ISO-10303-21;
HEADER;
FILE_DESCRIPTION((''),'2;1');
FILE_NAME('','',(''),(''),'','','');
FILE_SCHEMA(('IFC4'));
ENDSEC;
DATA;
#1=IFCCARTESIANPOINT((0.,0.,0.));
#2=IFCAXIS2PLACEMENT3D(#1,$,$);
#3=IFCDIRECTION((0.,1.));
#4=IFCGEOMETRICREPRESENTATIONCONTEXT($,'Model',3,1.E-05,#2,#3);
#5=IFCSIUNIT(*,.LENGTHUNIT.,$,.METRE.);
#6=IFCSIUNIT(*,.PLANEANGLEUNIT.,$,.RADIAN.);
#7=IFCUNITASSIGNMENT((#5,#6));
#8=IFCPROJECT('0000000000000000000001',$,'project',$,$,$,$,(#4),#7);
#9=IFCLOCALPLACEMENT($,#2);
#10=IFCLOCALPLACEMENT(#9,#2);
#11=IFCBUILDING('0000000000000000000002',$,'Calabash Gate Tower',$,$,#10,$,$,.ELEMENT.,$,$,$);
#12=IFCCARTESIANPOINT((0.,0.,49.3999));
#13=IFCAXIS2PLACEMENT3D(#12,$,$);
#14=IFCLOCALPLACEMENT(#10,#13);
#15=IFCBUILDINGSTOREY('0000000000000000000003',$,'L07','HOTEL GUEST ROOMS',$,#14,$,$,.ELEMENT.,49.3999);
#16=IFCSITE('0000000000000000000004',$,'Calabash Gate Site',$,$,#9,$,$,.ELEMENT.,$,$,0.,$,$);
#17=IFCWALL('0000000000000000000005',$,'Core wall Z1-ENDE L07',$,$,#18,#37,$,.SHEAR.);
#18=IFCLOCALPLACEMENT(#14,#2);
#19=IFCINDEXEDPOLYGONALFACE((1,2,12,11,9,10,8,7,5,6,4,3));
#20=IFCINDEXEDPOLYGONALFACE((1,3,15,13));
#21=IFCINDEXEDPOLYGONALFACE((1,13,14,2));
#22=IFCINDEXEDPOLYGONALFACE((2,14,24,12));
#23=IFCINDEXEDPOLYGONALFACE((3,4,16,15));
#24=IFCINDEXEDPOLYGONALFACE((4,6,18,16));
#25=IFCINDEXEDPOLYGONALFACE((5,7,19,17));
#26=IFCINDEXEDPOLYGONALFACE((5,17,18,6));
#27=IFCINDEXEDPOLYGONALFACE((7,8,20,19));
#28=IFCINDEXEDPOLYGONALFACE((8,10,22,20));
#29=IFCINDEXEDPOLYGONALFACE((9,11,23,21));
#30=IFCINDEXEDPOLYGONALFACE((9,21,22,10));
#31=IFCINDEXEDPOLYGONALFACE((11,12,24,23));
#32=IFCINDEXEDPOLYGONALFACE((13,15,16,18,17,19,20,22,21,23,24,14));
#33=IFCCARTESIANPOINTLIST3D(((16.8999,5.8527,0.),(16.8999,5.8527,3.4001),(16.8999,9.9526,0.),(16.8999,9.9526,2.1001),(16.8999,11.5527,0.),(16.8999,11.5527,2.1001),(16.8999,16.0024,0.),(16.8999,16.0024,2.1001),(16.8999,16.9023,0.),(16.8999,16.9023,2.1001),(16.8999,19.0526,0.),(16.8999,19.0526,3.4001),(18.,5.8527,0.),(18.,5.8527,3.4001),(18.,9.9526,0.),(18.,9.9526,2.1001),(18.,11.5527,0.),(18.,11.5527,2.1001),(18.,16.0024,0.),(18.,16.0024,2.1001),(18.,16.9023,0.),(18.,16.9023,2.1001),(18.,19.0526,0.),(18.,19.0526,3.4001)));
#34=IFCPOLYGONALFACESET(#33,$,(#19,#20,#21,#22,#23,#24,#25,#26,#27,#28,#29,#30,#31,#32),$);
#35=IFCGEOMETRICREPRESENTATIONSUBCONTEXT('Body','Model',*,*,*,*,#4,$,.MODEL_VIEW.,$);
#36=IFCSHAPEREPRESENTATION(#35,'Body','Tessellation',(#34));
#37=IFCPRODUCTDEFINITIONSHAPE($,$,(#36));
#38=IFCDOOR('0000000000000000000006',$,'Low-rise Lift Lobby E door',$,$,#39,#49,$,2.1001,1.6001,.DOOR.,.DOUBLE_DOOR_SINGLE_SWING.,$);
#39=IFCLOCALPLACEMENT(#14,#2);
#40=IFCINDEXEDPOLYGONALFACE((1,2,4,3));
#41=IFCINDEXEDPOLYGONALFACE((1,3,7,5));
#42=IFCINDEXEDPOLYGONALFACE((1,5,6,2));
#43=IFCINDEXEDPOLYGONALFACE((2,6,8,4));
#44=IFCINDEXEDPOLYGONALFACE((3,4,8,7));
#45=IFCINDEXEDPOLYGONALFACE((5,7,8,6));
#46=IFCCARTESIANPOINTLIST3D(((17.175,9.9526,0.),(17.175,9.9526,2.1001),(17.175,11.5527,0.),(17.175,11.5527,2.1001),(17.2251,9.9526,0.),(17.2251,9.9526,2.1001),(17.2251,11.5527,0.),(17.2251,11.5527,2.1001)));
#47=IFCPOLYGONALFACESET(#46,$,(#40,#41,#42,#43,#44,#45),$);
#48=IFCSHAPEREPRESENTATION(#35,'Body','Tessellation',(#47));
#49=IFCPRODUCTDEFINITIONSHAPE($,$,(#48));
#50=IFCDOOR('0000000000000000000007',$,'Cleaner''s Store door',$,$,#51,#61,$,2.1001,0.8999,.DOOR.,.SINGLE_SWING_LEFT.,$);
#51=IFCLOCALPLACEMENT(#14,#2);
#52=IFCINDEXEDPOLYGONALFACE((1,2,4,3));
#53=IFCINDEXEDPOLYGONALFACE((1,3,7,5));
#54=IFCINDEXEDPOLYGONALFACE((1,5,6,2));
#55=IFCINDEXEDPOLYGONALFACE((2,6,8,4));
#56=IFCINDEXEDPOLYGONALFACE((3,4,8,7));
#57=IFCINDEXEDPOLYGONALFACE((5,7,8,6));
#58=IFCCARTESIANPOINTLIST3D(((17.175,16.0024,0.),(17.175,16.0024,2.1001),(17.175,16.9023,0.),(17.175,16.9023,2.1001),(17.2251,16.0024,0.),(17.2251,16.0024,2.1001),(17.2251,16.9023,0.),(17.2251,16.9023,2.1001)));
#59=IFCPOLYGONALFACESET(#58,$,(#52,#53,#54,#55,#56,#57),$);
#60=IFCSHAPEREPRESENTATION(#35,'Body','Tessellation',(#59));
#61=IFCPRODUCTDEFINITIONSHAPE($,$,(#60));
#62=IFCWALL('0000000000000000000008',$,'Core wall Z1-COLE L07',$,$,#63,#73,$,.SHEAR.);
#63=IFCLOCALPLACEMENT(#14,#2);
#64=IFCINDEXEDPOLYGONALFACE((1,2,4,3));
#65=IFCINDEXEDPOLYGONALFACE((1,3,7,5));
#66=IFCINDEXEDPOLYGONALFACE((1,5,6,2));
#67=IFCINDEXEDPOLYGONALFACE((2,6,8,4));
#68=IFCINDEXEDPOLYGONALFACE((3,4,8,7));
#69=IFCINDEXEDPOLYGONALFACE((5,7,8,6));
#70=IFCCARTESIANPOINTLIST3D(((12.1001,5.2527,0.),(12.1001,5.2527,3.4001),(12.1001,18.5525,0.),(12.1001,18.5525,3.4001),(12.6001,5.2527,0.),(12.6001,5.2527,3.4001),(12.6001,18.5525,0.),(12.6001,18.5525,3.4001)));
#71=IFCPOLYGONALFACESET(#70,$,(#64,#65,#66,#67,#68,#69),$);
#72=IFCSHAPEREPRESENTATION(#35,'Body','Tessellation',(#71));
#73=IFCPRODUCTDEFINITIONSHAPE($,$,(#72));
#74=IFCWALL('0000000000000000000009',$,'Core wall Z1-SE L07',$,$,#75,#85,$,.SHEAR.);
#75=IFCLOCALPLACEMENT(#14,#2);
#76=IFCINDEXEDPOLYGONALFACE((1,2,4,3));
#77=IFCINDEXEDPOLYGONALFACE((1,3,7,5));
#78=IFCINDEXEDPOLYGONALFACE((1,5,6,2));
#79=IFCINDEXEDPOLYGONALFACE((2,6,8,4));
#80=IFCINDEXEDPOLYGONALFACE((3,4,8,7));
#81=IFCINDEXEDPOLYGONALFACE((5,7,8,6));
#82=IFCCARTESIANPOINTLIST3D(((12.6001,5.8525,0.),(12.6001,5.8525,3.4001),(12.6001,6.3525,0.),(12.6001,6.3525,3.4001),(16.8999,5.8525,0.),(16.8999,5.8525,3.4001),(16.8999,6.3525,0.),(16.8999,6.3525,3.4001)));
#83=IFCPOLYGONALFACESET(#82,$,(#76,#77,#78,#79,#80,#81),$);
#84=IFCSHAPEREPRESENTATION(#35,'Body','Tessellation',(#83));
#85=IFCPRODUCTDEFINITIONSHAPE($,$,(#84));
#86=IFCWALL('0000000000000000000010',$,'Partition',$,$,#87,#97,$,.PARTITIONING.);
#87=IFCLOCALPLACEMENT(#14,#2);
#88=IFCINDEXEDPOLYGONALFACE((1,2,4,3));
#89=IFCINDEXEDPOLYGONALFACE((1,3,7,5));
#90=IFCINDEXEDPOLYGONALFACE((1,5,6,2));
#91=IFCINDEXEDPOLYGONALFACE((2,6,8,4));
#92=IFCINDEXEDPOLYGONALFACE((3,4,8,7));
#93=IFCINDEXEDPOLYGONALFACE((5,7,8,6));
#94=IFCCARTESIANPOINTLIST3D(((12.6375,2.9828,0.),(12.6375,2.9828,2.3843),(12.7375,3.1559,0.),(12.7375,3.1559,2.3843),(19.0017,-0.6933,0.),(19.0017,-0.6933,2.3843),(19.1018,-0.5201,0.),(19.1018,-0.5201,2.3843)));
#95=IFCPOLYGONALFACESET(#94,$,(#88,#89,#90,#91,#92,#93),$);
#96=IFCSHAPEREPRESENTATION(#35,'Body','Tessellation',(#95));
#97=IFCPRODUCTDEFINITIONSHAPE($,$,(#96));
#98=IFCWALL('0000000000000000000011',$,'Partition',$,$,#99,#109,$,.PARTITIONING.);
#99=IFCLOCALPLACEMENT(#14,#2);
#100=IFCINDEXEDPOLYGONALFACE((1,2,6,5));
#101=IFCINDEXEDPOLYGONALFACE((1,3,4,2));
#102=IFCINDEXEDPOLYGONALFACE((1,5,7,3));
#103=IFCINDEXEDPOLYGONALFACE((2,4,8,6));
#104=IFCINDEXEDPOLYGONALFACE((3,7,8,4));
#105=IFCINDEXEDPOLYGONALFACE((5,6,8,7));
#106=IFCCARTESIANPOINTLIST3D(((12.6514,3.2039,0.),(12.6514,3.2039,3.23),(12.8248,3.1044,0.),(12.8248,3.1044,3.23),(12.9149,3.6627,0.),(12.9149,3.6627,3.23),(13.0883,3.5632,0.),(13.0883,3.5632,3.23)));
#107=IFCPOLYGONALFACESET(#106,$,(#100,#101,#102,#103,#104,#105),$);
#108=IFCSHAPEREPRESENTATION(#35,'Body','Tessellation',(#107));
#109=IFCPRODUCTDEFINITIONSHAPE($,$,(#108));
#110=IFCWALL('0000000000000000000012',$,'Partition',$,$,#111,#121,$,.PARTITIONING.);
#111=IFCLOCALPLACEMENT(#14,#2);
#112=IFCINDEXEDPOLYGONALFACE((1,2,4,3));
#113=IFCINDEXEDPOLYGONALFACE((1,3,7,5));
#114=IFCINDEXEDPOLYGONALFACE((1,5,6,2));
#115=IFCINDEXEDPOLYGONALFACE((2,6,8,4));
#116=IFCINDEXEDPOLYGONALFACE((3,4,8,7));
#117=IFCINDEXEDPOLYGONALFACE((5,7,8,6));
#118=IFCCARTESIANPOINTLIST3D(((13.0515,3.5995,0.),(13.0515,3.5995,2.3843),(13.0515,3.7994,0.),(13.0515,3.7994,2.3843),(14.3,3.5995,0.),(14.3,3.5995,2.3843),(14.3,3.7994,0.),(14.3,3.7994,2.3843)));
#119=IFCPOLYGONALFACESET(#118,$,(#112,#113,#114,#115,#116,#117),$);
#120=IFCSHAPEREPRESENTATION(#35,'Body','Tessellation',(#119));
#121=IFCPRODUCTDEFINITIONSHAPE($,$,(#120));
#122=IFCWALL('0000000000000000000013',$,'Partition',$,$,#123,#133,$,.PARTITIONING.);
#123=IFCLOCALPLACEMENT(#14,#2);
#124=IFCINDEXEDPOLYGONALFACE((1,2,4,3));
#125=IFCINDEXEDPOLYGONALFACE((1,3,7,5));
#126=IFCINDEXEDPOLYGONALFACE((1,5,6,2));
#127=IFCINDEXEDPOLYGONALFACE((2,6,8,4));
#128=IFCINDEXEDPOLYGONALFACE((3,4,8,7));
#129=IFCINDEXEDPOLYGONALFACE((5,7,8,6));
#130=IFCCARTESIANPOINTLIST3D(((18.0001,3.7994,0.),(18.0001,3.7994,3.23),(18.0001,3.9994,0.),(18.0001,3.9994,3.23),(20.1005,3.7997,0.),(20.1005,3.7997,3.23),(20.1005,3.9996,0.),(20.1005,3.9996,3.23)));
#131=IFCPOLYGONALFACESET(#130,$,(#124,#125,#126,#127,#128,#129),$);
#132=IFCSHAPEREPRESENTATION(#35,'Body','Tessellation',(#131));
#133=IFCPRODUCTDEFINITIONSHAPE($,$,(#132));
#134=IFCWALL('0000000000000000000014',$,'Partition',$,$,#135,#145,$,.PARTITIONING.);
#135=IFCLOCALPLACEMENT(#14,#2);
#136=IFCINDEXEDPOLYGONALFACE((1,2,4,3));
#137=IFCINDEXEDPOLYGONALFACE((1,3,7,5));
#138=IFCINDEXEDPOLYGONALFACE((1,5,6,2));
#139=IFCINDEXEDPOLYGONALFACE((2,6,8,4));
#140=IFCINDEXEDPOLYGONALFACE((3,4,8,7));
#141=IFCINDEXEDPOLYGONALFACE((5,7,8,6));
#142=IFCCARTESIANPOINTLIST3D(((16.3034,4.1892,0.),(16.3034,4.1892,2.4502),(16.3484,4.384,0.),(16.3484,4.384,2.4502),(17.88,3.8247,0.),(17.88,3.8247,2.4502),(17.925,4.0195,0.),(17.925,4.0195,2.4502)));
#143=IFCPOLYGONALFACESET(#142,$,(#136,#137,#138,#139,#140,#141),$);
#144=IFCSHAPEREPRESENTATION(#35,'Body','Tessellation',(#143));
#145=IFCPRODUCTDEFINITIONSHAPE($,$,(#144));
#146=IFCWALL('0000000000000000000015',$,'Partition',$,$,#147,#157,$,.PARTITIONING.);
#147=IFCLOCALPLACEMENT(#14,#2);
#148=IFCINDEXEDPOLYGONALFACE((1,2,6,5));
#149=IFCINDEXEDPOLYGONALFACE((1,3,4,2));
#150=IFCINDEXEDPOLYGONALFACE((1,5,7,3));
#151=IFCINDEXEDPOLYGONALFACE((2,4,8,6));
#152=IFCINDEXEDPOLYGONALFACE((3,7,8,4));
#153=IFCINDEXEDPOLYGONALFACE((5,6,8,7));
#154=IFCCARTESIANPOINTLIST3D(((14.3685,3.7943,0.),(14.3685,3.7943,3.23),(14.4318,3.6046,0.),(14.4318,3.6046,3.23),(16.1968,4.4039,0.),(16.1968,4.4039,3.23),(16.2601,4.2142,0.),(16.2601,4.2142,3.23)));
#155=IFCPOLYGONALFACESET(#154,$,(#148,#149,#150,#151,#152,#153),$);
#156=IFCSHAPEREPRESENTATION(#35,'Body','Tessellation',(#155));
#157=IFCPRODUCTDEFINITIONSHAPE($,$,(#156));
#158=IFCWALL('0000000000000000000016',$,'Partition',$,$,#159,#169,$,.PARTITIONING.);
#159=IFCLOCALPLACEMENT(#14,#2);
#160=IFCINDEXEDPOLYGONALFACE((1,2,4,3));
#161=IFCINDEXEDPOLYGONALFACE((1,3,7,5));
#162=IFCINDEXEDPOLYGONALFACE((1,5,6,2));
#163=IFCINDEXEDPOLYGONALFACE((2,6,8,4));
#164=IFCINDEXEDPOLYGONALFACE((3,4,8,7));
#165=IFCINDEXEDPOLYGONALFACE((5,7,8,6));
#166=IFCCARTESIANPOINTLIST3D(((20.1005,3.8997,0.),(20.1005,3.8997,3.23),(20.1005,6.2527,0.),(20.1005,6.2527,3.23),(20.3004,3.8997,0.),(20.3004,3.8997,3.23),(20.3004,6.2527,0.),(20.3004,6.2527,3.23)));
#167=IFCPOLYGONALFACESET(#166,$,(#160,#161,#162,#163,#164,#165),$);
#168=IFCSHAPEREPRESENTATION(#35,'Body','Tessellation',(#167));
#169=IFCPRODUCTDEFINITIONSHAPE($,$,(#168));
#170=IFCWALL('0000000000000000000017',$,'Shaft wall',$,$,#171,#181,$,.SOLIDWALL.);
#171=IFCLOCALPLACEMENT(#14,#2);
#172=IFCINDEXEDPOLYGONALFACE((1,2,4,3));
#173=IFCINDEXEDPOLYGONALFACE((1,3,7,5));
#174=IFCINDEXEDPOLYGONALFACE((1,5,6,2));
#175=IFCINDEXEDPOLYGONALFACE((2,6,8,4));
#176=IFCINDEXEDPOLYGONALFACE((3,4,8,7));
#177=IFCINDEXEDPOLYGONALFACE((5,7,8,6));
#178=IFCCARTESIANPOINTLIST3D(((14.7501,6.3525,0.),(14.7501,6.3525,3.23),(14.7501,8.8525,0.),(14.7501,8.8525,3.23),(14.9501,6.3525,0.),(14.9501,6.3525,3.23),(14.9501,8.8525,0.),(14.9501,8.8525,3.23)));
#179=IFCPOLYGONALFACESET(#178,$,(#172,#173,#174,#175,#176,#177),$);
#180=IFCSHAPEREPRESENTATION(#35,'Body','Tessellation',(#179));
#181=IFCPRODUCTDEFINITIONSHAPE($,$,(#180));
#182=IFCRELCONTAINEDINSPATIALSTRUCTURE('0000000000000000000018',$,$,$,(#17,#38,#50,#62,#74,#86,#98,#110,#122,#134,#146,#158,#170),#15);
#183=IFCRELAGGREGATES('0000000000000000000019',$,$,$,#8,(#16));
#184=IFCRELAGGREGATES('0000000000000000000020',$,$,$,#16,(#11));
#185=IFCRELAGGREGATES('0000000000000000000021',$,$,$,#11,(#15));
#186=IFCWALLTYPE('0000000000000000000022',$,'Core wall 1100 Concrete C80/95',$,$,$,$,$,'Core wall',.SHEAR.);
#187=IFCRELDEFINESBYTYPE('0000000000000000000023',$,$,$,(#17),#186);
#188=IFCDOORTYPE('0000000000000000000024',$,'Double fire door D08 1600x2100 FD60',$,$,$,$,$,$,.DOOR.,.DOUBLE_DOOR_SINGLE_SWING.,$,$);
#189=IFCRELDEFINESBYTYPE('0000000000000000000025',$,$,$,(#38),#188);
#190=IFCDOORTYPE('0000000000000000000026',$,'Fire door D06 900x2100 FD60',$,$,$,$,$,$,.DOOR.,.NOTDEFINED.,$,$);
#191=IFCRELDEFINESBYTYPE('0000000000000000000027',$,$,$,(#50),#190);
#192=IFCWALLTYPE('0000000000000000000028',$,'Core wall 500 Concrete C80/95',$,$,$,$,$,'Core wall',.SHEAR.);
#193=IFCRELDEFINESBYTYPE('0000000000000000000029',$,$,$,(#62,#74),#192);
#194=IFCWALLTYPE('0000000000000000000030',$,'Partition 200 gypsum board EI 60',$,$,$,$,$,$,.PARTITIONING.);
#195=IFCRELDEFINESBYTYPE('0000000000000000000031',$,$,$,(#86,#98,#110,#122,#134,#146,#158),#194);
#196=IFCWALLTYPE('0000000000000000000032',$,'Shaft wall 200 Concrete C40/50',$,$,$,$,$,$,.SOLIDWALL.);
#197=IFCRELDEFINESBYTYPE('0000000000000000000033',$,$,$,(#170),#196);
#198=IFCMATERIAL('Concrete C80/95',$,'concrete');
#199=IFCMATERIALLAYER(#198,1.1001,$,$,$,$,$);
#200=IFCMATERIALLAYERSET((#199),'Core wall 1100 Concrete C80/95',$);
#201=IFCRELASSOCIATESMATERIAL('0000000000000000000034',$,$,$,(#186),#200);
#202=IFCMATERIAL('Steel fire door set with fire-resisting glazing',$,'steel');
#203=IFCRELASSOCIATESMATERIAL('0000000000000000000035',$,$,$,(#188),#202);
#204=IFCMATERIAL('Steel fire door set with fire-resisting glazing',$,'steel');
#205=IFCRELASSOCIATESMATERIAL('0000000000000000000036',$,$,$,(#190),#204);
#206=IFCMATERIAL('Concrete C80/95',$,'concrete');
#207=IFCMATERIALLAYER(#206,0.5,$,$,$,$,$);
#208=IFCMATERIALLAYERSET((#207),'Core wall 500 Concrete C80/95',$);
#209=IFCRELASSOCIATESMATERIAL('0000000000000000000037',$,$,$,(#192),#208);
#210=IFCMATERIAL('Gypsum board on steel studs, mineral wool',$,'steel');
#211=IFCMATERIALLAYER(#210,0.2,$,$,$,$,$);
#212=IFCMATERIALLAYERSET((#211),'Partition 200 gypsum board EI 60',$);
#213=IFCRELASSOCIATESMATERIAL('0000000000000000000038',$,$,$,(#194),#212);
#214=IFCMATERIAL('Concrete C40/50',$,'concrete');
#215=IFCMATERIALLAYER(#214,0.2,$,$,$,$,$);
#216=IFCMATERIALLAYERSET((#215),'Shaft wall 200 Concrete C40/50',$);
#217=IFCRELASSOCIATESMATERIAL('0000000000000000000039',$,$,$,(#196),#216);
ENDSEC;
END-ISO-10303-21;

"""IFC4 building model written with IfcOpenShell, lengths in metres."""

from ifc_helpers import new_model, si_unit, direction, frame, frame_2d, origin, place, context, subcontext, project, spatial, rectangle, extrude, material, layer, layer_set, type_object, element, fill, save


model = new_model("IFC4")

# Units and contexts
model_context = context("Model", 3, precision=1e-05, world=origin(), true_north=direction((0.0, 1.0)))
body_context = subcontext(model_context, "Body", "Model", "MODEL_VIEW")
ifc_project = project(units=[si_unit("LENGTHUNIT", "METRE"), si_unit("PLANEANGLEUNIT", "RADIAN")], contexts=[model_context])

# Site, building, storey
site_placement = place(None, origin())
site = spatial("IfcSite", under=ifc_project, at=site_placement, Name="Calabash Gate Site", CompositionType="ELEMENT", RefElevation=0.0)
building_placement = place(site_placement, origin())
building = spatial("IfcBuilding", under=site, at=building_placement, Name="Calabash Gate Tower", CompositionType="ELEMENT")
storey_placement = place(building_placement, frame((0.0, 0.0, 49.3999)))
storey = spatial("IfcBuildingStorey", under=building, at=storey_placement, Name="L07", Description="HOTEL GUEST ROOMS", CompositionType="ELEMENT", Elevation=49.3999)

# Wall, openings, doors
ifc_material_1 = material(Name="Concrete C80/95", Category="concrete")
ifc_layer_1 = layer(ifc_material_1, 1.1001)
ifc_layer_set_1 = layer_set([ifc_layer_1], Name="Core wall 1100 Concrete C80/95")
wall_type_1 = type_object("IfcWallType", Name="Core wall 1100 Concrete C80/95", ElementType="Core wall", PredefinedType="SHEAR", material=ifc_layer_set_1)
wall_1_placement = place(storey_placement, frame((17.45, 5.8525, 0.0), z_axis=(0.0, 0.0, 1.0), x_axis=(0.0, 1.0, 0.0)))
wall_1 = element("IfcWall", 1, at=wall_1_placement, inside=storey, type_object=wall_type_1, Name="Core wall Z1-ENDE L07", PredefinedType="SHEAR", context=body_context, shape_type="SweptSolid", body=[
    extrude(rectangle(XDim=13.2, YDim=1.1001, at=frame_2d((6.6001, 0.0))), origin(), (0.0, 0.0, 1.0), 3.4001),
])
opening_1_placement = place(wall_1_placement, frame((4.1001, 0.0, 0.0)))
opening_1 = element("IfcOpeningElement", 2, at=opening_1_placement, cuts=wall_1, PredefinedType="OPENING", context=body_context, shape_type="SweptSolid", body=[
    extrude(rectangle(XDim=1.6001, YDim=2.1001, at=frame_2d((0.8, 1.05))), frame((0.0, 0.5601, 0.0), z_axis=(0.0, -1.0, 0.0), x_axis=(1.0, 0.0, 0.0)), (0.0, 0.0, 1.0), 1.1201),
])
opening_2_placement = place(wall_1_placement, frame((10.1499, 0.0, 0.0)))
opening_2 = element("IfcOpeningElement", 3, at=opening_2_placement, cuts=wall_1, PredefinedType="OPENING", context=body_context, shape_type="SweptSolid", body=[
    extrude(rectangle(XDim=0.8999, YDim=2.1001, at=frame_2d((0.45, 1.05))), frame((0.0, 0.5601, 0.0), z_axis=(0.0, -1.0, 0.0), x_axis=(1.0, 0.0, 0.0)), (0.0, 0.0, 1.0), 1.1201),
])
ifc_material_2 = material(Name="Steel fire door set with fire-resisting glazing", Category="steel")
door_type_1 = type_object("IfcDoorType", Name="Double fire door D08 1600x2100 FD60", OperationType="DOUBLE_DOOR_SINGLE_SWING", PredefinedType="DOOR", material=ifc_material_2)
door_1_placement = place(opening_1_placement, origin())
door_1 = element("IfcDoor", 4, at=door_1_placement, inside=storey, type_object=door_type_1, Name="Low-rise Lift Lobby E door", OperationType="DOUBLE_DOOR_SINGLE_SWING", OverallHeight=2.1001, OverallWidth=1.6001, PredefinedType="DOOR", context=body_context, shape_type="SweptSolid", body=[
    extrude(rectangle(XDim=1.6001, YDim=2.1001, at=frame_2d((0.8, 1.05))), frame((0.0, 0.2749, 0.0), z_axis=(0.0, -1.0, 0.0), x_axis=(1.0, 0.0, 0.0)), (0.0, 0.0, 1.0), 0.05),
])
fill(opening_1, door_1)
ifc_material_3 = material(Name="Steel fire door set with fire-resisting glazing", Category="steel")
door_type_2 = type_object("IfcDoorType", Name="Fire door D06 900x2100 FD60", OperationType="NOTDEFINED", PredefinedType="DOOR", material=ifc_material_3)
door_2_placement = place(opening_2_placement, origin())
door_2 = element("IfcDoor", 5, at=door_2_placement, inside=storey, type_object=door_type_2, Name="Cleaner's Store door", OperationType="SINGLE_SWING_LEFT", OverallHeight=2.1001, OverallWidth=0.8999, PredefinedType="DOOR", context=body_context, shape_type="SweptSolid", body=[
    extrude(rectangle(XDim=0.8999, YDim=2.1001, at=frame_2d((0.45, 1.05))), frame((0.0, 0.2749, 0.0), z_axis=(0.0, -1.0, 0.0), x_axis=(1.0, 0.0, 0.0)), (0.0, 0.0, 1.0), 0.05),
])
fill(opening_2, door_2)

# Walls
ifc_material_4 = material(Name="Concrete C80/95", Category="concrete")
ifc_layer_2 = layer(ifc_material_4, 0.5)
ifc_layer_set_2 = layer_set([ifc_layer_2], Name="Core wall 500 Concrete C80/95")
wall_type_2 = type_object("IfcWallType", Name="Core wall 500 Concrete C80/95", ElementType="Core wall", PredefinedType="SHEAR", material=ifc_layer_set_2)
wall_2_placement = place(storey_placement, frame((12.3501, 5.2527, 0.0), z_axis=(0.0, 0.0, 1.0), x_axis=(0.0, 1.0, 0.0)))
element("IfcWall", 6, at=wall_2_placement, inside=storey, type_object=wall_type_2, Name="Core wall Z1-COLE L07", PredefinedType="SHEAR", context=body_context, shape_type="SweptSolid", body=[
    extrude(rectangle(XDim=13.2998, YDim=0.5, at=frame_2d((6.6499, 0.0))), origin(), (0.0, 0.0, 1.0), 3.4001),
])
wall_3_placement = place(storey_placement, frame((12.6001, 6.1025, 0.0), z_axis=(0.0, 0.0, 1.0), x_axis=(1.0, 0.0, 0.0)))
element("IfcWall", 7, at=wall_3_placement, inside=storey, type_object=wall_type_2, Name="Core wall Z1-SE L07", PredefinedType="SHEAR", context=body_context, shape_type="SweptSolid", body=[
    extrude(rectangle(XDim=4.2998, YDim=0.5, at=frame_2d((2.1499, 0.0))), origin(), (0.0, 0.0, 1.0), 3.4001),
])
ifc_material_5 = material(Name="Gypsum board on steel studs, mineral wool", Category="steel")
ifc_layer_3 = layer(ifc_material_5, 0.2)
ifc_layer_set_3 = layer_set([ifc_layer_3], Name="Partition 200 gypsum board EI 60")
wall_type_3 = type_object("IfcWallType", Name="Partition 200 gypsum board EI 60", PredefinedType="PARTITIONING", material=ifc_layer_set_3)
wall_4_placement = place(storey_placement, frame((12.6875, 3.0693, 0.0), z_axis=(0.0, 0.0, 1.0), x_axis=(0.86593, -0.500165, 0.0)))
element("IfcWall", 8, at=wall_4_placement, inside=storey, type_object=wall_type_3, Name="Partition", PredefinedType="PARTITIONING", context=body_context, shape_type="SweptSolid", body=[
    extrude(rectangle(XDim=7.3496, YDim=0.2, at=frame_2d((3.6748, 0.0))), origin(), (0.0, 0.0, 1.0), 2.3843),
])
wall_5_placement = place(storey_placement, frame((12.738, 3.1541, 0.0), z_axis=(0.0, 0.0, 1.0), x_axis=(0.497977, 0.86719, 0.0)))
element("IfcWall", 9, at=wall_5_placement, inside=storey, type_object=wall_type_3, Name="Partition", PredefinedType="PARTITIONING", context=body_context, shape_type="SweptSolid", body=[
    extrude(rectangle(XDim=0.5291, YDim=0.2, at=frame_2d((0.2646, 0.0))), origin(), (0.0, 0.0, 1.0), 3.23),
])
wall_6_placement = place(storey_placement, frame((13.0515, 3.6995, 0.0), z_axis=(0.0, 0.0, 1.0), x_axis=(1.0, 0.0, 0.0)))
element("IfcWall", 10, at=wall_6_placement, inside=storey, type_object=wall_type_3, Name="Partition", PredefinedType="PARTITIONING", context=body_context, shape_type="SweptSolid", body=[
    extrude(rectangle(XDim=1.2485, YDim=0.2, at=frame_2d((0.6243, 0.0))), origin(), (0.0, 0.0, 1.0), 2.3843),
])
wall_7_placement = place(storey_placement, frame((18.0, 3.8994, 0.0), z_axis=(0.0, 0.0, 1.0), x_axis=(1.0, 0.000116, 0.0)))
element("IfcWall", 11, at=wall_7_placement, inside=storey, type_object=wall_type_3, Name="Partition", PredefinedType="PARTITIONING", context=body_context, shape_type="SweptSolid", body=[
    extrude(rectangle(XDim=2.1003, YDim=0.2, at=frame_2d((1.0503, 0.0))), origin(), (0.0, 0.0, 1.0), 3.23),
])
wall_8_placement = place(storey_placement, frame((16.3259, 4.2866, 0.0), z_axis=(0.0, 0.0, 1.0), x_axis=(0.974302, -0.225245, 0.0)))
element("IfcWall", 12, at=wall_8_placement, inside=storey, type_object=wall_type_3, Name="Partition", PredefinedType="PARTITIONING", context=body_context, shape_type="SweptSolid", body=[
    extrude(rectangle(XDim=1.6182, YDim=0.2, at=frame_2d((0.8091, 0.0))), origin(), (0.0, 0.0, 1.0), 2.4502),
])
wall_9_placement = place(storey_placement, frame((14.4001, 3.6995, 0.0), z_axis=(0.0, 0.0, 1.0), x_axis=(0.948658, 0.316304, 0.0)))
element("IfcWall", 13, at=wall_9_placement, inside=storey, type_object=wall_type_3, Name="Partition", PredefinedType="PARTITIONING", context=body_context, shape_type="SweptSolid", body=[
    extrude(rectangle(XDim=1.9272, YDim=0.2, at=frame_2d((0.9636, 0.0))), origin(), (0.0, 0.0, 1.0), 3.23),
])
wall_10_placement = place(storey_placement, frame((20.2004, 3.8997, 0.0), z_axis=(0.0, 0.0, 1.0), x_axis=(0.0, 1.0, 0.0)))
element("IfcWall", 14, at=wall_10_placement, inside=storey, type_object=wall_type_3, Name="Partition", PredefinedType="PARTITIONING", context=body_context, shape_type="SweptSolid", body=[
    extrude(rectangle(XDim=2.353, YDim=0.2, at=frame_2d((1.1765, 0.0))), origin(), (0.0, 0.0, 1.0), 3.23),
])
ifc_material_6 = material(Name="Concrete C40/50", Category="concrete")
ifc_layer_4 = layer(ifc_material_6, 0.2)
ifc_layer_set_4 = layer_set([ifc_layer_4], Name="Shaft wall 200 Concrete C40/50")
wall_type_4 = type_object("IfcWallType", Name="Shaft wall 200 Concrete C40/50", PredefinedType="SOLIDWALL", material=ifc_layer_set_4)
wall_11_placement = place(storey_placement, frame((14.8501, 6.3525, 0.0), z_axis=(0.0, 0.0, 1.0), x_axis=(0.0, 1.0, 0.0)))
element("IfcWall", 15, at=wall_11_placement, inside=storey, type_object=wall_type_4, Name="Shaft wall", PredefinedType="SOLIDWALL", context=body_context, shape_type="SweptSolid", body=[
    extrude(rectangle(XDim=2.5, YDim=0.2, at=frame_2d((1.25, 0.0))), origin(), (0.0, 0.0, 1.0), 3.23),
])

save(model, "model.ifc")
